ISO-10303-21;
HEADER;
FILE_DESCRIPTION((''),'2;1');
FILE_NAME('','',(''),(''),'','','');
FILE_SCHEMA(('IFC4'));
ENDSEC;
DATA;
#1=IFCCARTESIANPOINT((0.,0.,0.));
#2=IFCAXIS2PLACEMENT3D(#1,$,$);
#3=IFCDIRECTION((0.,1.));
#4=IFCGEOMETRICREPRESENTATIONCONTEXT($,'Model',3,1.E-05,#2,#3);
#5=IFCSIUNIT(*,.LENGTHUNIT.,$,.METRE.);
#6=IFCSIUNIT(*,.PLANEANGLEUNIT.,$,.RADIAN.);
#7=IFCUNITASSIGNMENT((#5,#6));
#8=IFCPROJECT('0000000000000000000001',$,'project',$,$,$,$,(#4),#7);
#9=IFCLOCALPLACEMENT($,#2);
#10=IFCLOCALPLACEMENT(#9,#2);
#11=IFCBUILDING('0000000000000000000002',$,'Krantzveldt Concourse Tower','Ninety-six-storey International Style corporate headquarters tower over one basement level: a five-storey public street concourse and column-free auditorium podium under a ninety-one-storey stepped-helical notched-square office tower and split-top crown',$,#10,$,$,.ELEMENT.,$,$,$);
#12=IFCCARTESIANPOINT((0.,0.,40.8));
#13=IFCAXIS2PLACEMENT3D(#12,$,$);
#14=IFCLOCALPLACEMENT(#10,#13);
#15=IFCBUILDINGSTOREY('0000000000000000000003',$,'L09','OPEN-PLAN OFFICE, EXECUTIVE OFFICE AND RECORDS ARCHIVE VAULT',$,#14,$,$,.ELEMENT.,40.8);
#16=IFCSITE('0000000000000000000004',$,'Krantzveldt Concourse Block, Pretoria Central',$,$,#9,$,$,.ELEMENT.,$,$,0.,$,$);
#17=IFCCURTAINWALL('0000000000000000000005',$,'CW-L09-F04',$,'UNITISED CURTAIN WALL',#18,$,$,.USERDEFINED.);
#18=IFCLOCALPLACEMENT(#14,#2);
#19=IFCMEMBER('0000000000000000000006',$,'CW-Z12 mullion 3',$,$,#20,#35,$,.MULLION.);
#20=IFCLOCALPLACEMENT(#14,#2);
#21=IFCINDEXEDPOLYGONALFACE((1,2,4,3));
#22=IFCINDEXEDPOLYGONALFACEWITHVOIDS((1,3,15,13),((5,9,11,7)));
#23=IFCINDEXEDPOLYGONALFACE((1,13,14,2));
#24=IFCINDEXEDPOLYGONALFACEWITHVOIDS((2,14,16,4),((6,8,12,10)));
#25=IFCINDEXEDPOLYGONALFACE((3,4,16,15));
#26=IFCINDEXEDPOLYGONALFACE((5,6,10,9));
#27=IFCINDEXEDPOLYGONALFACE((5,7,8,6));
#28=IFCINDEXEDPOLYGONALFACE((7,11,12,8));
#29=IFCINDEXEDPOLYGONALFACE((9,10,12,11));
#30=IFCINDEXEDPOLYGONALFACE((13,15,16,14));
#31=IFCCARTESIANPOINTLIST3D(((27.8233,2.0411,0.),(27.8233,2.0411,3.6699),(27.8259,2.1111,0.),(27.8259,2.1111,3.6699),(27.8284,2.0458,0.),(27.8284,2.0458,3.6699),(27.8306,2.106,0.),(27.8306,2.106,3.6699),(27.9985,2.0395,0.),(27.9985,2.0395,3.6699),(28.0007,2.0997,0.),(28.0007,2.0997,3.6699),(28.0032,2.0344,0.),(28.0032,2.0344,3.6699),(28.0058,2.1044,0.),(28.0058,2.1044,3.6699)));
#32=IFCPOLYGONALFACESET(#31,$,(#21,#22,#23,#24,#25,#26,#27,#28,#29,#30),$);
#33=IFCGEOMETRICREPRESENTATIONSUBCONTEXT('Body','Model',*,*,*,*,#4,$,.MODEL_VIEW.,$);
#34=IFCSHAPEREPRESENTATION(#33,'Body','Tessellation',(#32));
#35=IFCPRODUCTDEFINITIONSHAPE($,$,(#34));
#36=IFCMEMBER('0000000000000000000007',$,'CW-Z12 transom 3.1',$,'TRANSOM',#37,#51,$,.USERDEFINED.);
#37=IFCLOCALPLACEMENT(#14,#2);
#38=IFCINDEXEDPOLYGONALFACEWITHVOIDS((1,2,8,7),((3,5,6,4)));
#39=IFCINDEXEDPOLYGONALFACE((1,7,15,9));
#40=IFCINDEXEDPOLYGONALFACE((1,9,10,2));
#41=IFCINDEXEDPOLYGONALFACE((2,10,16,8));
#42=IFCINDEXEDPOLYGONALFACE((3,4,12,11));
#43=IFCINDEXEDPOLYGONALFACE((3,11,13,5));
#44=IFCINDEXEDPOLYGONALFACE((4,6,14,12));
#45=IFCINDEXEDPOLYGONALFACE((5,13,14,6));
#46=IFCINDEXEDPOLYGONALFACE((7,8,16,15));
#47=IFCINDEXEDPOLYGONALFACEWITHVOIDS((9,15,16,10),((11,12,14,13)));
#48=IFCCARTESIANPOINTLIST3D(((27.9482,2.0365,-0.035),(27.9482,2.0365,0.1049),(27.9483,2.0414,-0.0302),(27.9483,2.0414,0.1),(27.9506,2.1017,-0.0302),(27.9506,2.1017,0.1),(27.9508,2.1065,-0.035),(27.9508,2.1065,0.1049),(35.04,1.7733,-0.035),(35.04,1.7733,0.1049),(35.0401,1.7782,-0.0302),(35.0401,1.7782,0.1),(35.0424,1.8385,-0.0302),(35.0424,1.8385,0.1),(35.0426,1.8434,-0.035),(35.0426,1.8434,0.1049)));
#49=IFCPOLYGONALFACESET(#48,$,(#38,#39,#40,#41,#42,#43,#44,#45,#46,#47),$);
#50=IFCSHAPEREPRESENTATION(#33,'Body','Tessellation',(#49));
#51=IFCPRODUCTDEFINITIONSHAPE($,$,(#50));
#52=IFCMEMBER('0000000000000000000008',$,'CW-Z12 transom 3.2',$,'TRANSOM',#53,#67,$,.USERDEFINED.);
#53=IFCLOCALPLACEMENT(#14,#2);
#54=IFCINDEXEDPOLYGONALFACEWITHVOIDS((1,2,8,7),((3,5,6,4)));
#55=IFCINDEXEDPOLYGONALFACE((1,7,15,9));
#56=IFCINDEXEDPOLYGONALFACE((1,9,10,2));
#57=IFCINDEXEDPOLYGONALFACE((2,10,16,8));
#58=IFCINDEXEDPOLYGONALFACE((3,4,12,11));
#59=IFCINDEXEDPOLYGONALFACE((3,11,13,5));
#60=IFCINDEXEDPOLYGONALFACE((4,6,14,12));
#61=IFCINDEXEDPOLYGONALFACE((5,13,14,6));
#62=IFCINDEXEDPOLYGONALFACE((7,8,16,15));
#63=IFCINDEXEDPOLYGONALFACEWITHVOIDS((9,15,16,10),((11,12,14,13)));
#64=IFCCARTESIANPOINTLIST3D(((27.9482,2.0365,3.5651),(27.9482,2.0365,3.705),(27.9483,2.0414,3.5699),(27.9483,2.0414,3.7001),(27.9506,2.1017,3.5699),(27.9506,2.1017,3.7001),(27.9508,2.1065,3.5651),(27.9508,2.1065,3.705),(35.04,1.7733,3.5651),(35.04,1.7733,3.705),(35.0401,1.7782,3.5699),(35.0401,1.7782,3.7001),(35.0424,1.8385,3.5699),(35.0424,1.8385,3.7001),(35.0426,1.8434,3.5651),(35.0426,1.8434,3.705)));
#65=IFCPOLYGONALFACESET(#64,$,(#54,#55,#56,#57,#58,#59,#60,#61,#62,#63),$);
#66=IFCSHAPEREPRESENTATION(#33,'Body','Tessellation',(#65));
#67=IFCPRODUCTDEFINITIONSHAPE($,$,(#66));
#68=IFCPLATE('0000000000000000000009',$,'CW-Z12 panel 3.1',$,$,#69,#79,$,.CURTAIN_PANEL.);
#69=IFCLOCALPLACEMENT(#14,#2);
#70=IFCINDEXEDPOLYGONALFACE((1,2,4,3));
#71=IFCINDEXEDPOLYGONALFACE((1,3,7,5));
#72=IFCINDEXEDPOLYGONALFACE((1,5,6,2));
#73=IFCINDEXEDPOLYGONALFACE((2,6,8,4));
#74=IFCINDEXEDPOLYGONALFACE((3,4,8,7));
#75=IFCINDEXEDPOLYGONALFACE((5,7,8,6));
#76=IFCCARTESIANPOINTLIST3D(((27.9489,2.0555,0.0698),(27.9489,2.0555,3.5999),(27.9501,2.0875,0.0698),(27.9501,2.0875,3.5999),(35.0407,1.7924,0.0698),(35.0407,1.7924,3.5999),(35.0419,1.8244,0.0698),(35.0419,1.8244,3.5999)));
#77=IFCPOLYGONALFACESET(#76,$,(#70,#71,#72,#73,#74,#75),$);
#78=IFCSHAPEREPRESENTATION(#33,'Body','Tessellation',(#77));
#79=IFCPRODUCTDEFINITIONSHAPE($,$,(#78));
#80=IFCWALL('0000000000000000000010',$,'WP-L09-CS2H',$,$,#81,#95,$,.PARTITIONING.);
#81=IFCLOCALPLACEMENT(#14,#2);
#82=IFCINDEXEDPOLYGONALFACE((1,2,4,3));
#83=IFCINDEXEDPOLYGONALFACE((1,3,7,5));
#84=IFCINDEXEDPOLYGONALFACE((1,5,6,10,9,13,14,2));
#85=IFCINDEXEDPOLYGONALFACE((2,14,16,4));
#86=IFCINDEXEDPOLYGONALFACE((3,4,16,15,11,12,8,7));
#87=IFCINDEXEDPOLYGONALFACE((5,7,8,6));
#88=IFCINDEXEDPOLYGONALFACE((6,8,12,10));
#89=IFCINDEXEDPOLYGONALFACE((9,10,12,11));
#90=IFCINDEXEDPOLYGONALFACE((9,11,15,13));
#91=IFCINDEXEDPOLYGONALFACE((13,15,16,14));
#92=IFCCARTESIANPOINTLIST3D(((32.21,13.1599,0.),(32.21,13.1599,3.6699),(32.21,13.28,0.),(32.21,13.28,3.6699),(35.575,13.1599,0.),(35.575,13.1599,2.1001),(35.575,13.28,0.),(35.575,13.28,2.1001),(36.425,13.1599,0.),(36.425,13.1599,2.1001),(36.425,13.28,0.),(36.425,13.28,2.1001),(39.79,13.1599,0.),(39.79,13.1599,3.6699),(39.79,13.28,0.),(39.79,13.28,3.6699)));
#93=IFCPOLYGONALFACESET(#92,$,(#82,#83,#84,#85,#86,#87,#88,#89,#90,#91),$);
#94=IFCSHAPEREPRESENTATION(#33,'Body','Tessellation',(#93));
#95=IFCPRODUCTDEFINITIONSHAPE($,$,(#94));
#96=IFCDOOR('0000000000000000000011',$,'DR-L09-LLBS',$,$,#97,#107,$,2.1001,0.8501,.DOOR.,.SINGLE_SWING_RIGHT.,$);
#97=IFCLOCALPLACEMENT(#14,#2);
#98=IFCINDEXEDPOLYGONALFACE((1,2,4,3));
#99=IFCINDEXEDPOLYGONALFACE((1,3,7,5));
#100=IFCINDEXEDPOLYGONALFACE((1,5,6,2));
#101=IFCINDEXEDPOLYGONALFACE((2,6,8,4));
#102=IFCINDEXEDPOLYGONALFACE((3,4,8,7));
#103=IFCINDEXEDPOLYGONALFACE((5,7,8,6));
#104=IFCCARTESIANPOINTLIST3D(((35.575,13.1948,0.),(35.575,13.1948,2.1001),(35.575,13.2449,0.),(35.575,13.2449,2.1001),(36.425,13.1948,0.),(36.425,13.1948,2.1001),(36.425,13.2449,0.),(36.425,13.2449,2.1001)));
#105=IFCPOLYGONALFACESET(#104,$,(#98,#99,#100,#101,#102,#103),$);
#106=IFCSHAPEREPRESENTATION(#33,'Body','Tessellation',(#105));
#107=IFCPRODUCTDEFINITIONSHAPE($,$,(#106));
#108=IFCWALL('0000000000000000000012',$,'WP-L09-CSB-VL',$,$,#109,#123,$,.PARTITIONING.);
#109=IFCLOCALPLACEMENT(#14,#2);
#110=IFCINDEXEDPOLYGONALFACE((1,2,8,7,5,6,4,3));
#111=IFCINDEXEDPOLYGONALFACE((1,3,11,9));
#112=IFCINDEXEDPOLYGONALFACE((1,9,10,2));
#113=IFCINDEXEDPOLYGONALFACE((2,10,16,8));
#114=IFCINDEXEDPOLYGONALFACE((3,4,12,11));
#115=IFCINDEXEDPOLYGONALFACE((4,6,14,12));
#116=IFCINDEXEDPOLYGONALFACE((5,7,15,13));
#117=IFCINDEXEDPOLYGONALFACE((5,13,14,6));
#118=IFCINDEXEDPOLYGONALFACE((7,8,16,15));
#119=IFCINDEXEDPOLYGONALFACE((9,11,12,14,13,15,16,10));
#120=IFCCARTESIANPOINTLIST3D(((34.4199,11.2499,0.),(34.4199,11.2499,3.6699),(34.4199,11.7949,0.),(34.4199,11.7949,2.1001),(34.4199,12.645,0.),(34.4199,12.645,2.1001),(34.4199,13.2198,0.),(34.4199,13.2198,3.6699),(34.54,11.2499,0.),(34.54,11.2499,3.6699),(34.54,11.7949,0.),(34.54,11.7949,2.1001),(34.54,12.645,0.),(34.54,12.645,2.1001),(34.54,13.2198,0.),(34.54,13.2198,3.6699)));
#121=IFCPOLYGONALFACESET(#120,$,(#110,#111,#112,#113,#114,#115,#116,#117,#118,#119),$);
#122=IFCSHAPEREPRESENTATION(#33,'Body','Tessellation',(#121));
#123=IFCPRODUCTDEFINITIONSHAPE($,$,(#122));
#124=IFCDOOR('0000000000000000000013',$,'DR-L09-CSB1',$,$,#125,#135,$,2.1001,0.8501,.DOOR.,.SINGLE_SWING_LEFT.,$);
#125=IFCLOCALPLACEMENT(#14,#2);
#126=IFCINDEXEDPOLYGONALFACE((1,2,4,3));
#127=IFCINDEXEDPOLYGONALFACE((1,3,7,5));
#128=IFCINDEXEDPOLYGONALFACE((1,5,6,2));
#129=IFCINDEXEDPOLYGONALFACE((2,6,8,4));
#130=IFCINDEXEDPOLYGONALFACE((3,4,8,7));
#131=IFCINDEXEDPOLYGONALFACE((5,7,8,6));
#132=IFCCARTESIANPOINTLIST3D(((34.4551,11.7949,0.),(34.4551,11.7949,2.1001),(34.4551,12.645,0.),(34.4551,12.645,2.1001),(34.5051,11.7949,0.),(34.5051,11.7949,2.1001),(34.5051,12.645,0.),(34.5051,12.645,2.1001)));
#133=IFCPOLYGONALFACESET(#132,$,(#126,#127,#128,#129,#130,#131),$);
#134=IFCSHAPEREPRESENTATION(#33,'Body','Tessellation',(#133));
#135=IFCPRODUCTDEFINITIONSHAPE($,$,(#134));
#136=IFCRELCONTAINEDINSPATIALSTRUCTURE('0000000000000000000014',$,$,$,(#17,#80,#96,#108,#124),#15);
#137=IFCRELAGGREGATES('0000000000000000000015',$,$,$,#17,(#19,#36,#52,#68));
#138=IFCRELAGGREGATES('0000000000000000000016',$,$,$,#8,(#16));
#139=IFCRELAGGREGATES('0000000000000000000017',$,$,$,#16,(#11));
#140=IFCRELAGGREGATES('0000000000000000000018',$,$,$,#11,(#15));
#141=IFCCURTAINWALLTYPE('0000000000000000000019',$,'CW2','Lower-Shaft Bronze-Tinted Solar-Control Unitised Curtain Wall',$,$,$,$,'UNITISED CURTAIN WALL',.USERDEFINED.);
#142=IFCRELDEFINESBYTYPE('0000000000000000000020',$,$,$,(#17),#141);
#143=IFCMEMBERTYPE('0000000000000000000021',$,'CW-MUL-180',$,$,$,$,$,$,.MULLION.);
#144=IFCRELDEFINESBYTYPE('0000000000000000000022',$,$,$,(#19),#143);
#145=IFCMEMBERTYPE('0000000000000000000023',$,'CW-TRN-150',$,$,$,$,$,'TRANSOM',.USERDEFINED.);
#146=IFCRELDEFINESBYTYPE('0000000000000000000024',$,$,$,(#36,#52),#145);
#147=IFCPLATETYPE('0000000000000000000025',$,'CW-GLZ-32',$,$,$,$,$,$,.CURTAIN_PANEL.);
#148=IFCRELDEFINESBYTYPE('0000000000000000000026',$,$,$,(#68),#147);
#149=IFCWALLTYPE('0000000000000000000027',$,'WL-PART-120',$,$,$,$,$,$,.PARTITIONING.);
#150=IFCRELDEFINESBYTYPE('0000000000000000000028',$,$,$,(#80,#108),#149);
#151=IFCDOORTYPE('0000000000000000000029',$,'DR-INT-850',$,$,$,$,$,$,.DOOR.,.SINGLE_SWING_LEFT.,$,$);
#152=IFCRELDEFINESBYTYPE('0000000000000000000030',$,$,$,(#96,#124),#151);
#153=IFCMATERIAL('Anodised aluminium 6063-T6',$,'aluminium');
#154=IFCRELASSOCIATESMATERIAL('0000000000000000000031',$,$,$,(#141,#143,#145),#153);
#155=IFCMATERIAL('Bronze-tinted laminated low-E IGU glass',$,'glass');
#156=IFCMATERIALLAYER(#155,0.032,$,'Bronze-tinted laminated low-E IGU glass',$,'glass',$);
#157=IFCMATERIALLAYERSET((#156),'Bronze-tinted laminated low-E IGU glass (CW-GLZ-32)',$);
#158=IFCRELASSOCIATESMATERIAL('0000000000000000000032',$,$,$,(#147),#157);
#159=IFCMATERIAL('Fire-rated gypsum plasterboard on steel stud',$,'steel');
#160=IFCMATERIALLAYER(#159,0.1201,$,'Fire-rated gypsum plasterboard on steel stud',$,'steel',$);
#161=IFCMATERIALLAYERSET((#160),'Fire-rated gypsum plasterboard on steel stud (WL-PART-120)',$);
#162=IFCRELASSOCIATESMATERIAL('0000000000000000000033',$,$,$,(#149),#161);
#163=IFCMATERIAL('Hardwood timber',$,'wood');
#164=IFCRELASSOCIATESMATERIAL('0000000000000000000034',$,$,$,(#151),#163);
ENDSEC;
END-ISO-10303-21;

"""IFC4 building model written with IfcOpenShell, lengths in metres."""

from ifc_helpers import new_model, si_unit, direction, frame, frame_2d, origin, origin_2d, place, context, subcontext, project, spatial, rectangle, hollow_rectangle, extrude, source, transform, mapped, material, layer, layer_set, material_profile, profile_set, type_object, type_shapes, element, fill, aggregate, save


model = new_model("IFC4")

# Units and contexts
model_context = context("Model", 3, precision=1e-05, world=origin(), true_north=direction((0.0, 1.0)))
body_context = subcontext(model_context, "Body", "Model", "MODEL_VIEW")
ifc_project = project(units=[si_unit("LENGTHUNIT", "METRE"), si_unit("PLANEANGLEUNIT", "RADIAN")], contexts=[model_context])

# Site, building, storey
site_placement = place(None, origin())
site = spatial("IfcSite", under=ifc_project, at=site_placement, Name="Krantzveldt Concourse Block, Pretoria Central", CompositionType="ELEMENT", RefElevation=0.0)
building_placement = place(site_placement, origin())
building = spatial("IfcBuilding", under=site, at=building_placement, Name="Krantzveldt Concourse Tower", Description="Ninety-six-storey International Style corporate headquarters tower over one basement level: a five-storey public street concourse and column-free auditorium podium under a ninety-one-storey stepped-helical notched-square office tower and split-top crown", CompositionType="ELEMENT")
storey_placement = place(building_placement, frame((0.0, 0.0, 40.8)))
storey = spatial("IfcBuildingStorey", under=building, at=storey_placement, Name="L09", Description="OPEN-PLAN OFFICE, EXECUTIVE OFFICE AND RECORDS ARCHIVE VAULT", CompositionType="ELEMENT", Elevation=40.8)

# Curtain wall, members, plate
ifc_material_1 = material(Name="Anodised aluminium 6063-T6", Category="aluminium")
curtain_wall_type = type_object("IfcCurtainWallType", Name="CW2", Description="Lower-Shaft Bronze-Tinted Solar-Control Unitised Curtain Wall", ElementType="UNITISED CURTAIN WALL", PredefinedType="USERDEFINED", material=ifc_material_1)
curtain_wall_placement = place(storey_placement, origin())
curtain_wall = element("IfcCurtainWall", 1, at=curtain_wall_placement, inside=storey, type_object=curtain_wall_type, Name="CW-L09-F04", ObjectType="UNITISED CURTAIN WALL", PredefinedType="USERDEFINED")
ifc_material_profile_1 = material_profile(ifc_material_1, hollow_rectangle(XDim=0.0701, YDim=0.1799, WallThickness=0.0049, at=origin_2d()), Name="Anodised aluminium 6063-T6", Category="aluminium")
ifc_profile_set_1 = profile_set([ifc_material_profile_1], Name="Anodised aluminium 6063-T6 - ALU-MULL 180x70x5")
member_type_1 = type_object("IfcMemberType", Name="CW-MUL-180", PredefinedType="MULLION", material=ifc_profile_set_1)
shared_shape_1 = source(origin(), body_context, "Body", "SweptSolid", [
    extrude(hollow_rectangle(XDim=0.0701, YDim=0.1799, WallThickness=0.0049, at=origin_2d()), origin(), (0.0, 0.0, 1.0), 3.6699),
])
type_shapes(member_type_1, [shared_shape_1])
member_1_placement = place(storey_placement, frame((27.9146, 2.0728, 0.0), z_axis=(0.0, 0.0, 1.0), x_axis=(0.03708, 0.999312, 0.0)))
member_1 = element("IfcMember", 2, at=member_1_placement, type_object=member_type_1, Name="CW-Z12 mullion 3", PredefinedType="MULLION", context=body_context, shape_type="MappedRepresentation", body=[
    mapped(shared_shape_1, transform((0.0, 0.0, 0.0), x_axis=(1.0, 0.0, 0.0), y_axis=(0.0, 1.0, 0.0), z_axis=(0.0, 0.0, 1.0), scale=1.0)),
])
ifc_material_profile_2 = material_profile(ifc_material_1, hollow_rectangle(XDim=0.0701, YDim=0.1399, WallThickness=0.0049, at=origin_2d()), Name="Anodised aluminium 6063-T6", Category="aluminium")
ifc_profile_set_2 = profile_set([ifc_material_profile_2], Name="Anodised aluminium 6063-T6 - ALU-TRAN 140x70x5")
member_type_2 = type_object("IfcMemberType", Name="CW-TRN-150", ElementType="TRANSOM", PredefinedType="USERDEFINED", material=ifc_profile_set_2)
shared_shape_2 = source(origin(), body_context, "Body", "SweptSolid", [
    extrude(hollow_rectangle(XDim=0.0701, YDim=0.1399, WallThickness=0.0049, at=origin_2d()), origin(), (0.0, 0.0, 1.0), 7.0967),
])
type_shapes(member_type_2, [shared_shape_2])
member_2_placement = place(storey_placement, frame((27.9495, 2.0715, 0.0349), z_axis=(0.999312, -0.037085, 0.0), x_axis=(0.037085, 0.999312, 0.0)))
member_2 = element("IfcMember", 3, at=member_2_placement, type_object=member_type_2, Name="CW-Z12 transom 3.1", ObjectType="TRANSOM", PredefinedType="USERDEFINED", context=body_context, shape_type="MappedRepresentation", body=[
    mapped(shared_shape_2, transform((0.0, 0.0, 0.0), x_axis=(1.0, 0.0, 0.0), y_axis=(0.0, 1.0, 0.0), z_axis=(0.0, 0.0, 1.0), scale=1.0)),
])
member_3_placement = place(storey_placement, frame((27.9495, 2.0715, 3.635), z_axis=(0.999312, -0.037085, 0.0), x_axis=(0.037085, 0.999312, 0.0)))
member_3 = element("IfcMember", 4, at=member_3_placement, type_object=member_type_2, Name="CW-Z12 transom 3.2", ObjectType="TRANSOM", PredefinedType="USERDEFINED", context=body_context, shape_type="MappedRepresentation", body=[
    mapped(shared_shape_2, transform((0.0, 0.0, 0.0), x_axis=(1.0, 0.0, 0.0), y_axis=(0.0, 1.0, 0.0), z_axis=(0.0, 0.0, 1.0), scale=1.0)),
])
ifc_material_2 = material(Name="Bronze-tinted laminated low-E IGU glass", Category="glass")
ifc_layer_1 = layer(ifc_material_2, 0.032, Name="Bronze-tinted laminated low-E IGU glass", Category="glass")
ifc_layer_set_1 = layer_set([ifc_layer_1], Name="Bronze-tinted laminated low-E IGU glass (CW-GLZ-32)")
plate_type = type_object("IfcPlateType", Name="CW-GLZ-32", PredefinedType="CURTAIN_PANEL", material=ifc_layer_set_1)
shared_shape_3 = source(origin(), body_context, "Body", "SweptSolid", [
    extrude(rectangle(XDim=7.0967, YDim=0.032, at=origin_2d()), origin(), (0.0, 0.0, 1.0), 3.53),
])
type_shapes(plate_type, [shared_shape_3])
plate_placement = place(storey_placement, frame((31.4954, 1.9399, 0.0698), z_axis=(0.0, 0.0, 1.0), x_axis=(0.999312, -0.03708, 0.0)))
plate = element("IfcPlate", 5, at=plate_placement, type_object=plate_type, Name="CW-Z12 panel 3.1", PredefinedType="CURTAIN_PANEL", context=body_context, shape_type="MappedRepresentation", body=[
    mapped(shared_shape_3, transform((0.0, 0.0, 0.0), x_axis=(1.0, 0.0, 0.0), y_axis=(0.0, 1.0, 0.0), z_axis=(0.0, 0.0, 1.0), scale=1.0)),
])
aggregate(curtain_wall, [member_1, member_2, member_3, plate])

# Walls, openings, doors
ifc_material_3 = material(Name="Fire-rated gypsum plasterboard on steel stud", Category="steel")
ifc_layer_2 = layer(ifc_material_3, 0.1201, Name="Fire-rated gypsum plasterboard on steel stud", Category="steel")
ifc_layer_set_2 = layer_set([ifc_layer_2], Name="Fire-rated gypsum plasterboard on steel stud (WL-PART-120)")
wall_type_1 = type_object("IfcWallType", Name="WL-PART-120", PredefinedType="PARTITIONING", material=ifc_layer_set_2)
wall_1_placement = place(storey_placement, frame((32.21, 13.22, 0.0), z_axis=(0.0, 0.0, 1.0), x_axis=(1.0, 0.0, 0.0)))
wall_1 = element("IfcWall", 6, at=wall_1_placement, inside=storey, type_object=wall_type_1, Name="WP-L09-CS2H", PredefinedType="PARTITIONING", context=body_context, shape_type="SweptSolid", body=[
    extrude(rectangle(XDim=7.5801, YDim=0.1201, at=frame_2d((3.79, 0.0))), origin(), (0.0, 0.0, 1.0), 3.6699),
])
opening_1_placement = place(wall_1_placement, frame((3.365, 0.0, 0.0)))
opening_1 = element("IfcOpeningElement", 7, at=opening_1_placement, cuts=wall_1, PredefinedType="OPENING", context=body_context, shape_type="SweptSolid", body=[
    extrude(rectangle(XDim=0.8501, YDim=2.1001, at=frame_2d((0.425, 1.05))), frame((0.0, 0.0701, 0.0), z_axis=(0.0, -1.0, 0.0), x_axis=(1.0, 0.0, 0.0)), (0.0, 0.0, 1.0), 0.1401),
])
ifc_material_4 = material(Name="Hardwood timber", Category="wood")
door_type_1 = type_object("IfcDoorType", Name="DR-INT-850", OperationType="SINGLE_SWING_LEFT", PredefinedType="DOOR", material=ifc_material_4)
door_1_placement = place(opening_1_placement, origin())
door_1 = element("IfcDoor", 8, at=door_1_placement, inside=storey, type_object=door_type_1, Name="DR-L09-LLBS", OperationType="SINGLE_SWING_RIGHT", OverallHeight=2.1001, OverallWidth=0.8501, PredefinedType="DOOR", context=body_context, shape_type="SweptSolid", body=[
    extrude(rectangle(XDim=0.8501, YDim=2.1001, at=frame_2d((0.425, 1.05))), frame((0.0, 0.0249, 0.0), z_axis=(0.0, -1.0, 0.0), x_axis=(1.0, 0.0, 0.0)), (0.0, 0.0, 1.0), 0.05),
])
fill(opening_1, door_1)
wall_2_placement = place(storey_placement, frame((34.48, 11.25, 0.0), z_axis=(0.0, 0.0, 1.0), x_axis=(0.0, 1.0, 0.0)))
wall_2 = element("IfcWall", 9, at=wall_2_placement, inside=storey, type_object=wall_type_1, Name="WP-L09-CSB-VL", PredefinedType="PARTITIONING", context=body_context, shape_type="SweptSolid", body=[
    extrude(rectangle(XDim=1.97, YDim=0.1201, at=frame_2d((0.9849, 0.0))), origin(), (0.0, 0.0, 1.0), 3.6699),
])
opening_2_placement = place(wall_2_placement, frame((0.5449, 0.0, 0.0)))
opening_2 = element("IfcOpeningElement", 10, at=opening_2_placement, cuts=wall_2, PredefinedType="OPENING", context=body_context, shape_type="SweptSolid", body=[
    extrude(rectangle(XDim=0.8501, YDim=2.1001, at=frame_2d((0.425, 1.05))), frame((0.0, 0.0701, 0.0), z_axis=(0.0, -1.0, 0.0), x_axis=(1.0, 0.0, 0.0)), (0.0, 0.0, 1.0), 0.1401),
])
door_2_placement = place(opening_2_placement, origin())
door_2 = element("IfcDoor", 11, at=door_2_placement, inside=storey, type_object=door_type_1, Name="DR-L09-CSB1", OperationType="SINGLE_SWING_LEFT", OverallHeight=2.1001, OverallWidth=0.8501, PredefinedType="DOOR", context=body_context, shape_type="SweptSolid", body=[
    extrude(rectangle(XDim=0.8501, YDim=2.1001, at=frame_2d((0.425, 1.05))), frame((0.0, 0.0249, 0.0), z_axis=(0.0, -1.0, 0.0), x_axis=(1.0, 0.0, 0.0)), (0.0, 0.0, 1.0), 0.05),
])
fill(opening_2, door_2)

save(model, "model.ifc")
